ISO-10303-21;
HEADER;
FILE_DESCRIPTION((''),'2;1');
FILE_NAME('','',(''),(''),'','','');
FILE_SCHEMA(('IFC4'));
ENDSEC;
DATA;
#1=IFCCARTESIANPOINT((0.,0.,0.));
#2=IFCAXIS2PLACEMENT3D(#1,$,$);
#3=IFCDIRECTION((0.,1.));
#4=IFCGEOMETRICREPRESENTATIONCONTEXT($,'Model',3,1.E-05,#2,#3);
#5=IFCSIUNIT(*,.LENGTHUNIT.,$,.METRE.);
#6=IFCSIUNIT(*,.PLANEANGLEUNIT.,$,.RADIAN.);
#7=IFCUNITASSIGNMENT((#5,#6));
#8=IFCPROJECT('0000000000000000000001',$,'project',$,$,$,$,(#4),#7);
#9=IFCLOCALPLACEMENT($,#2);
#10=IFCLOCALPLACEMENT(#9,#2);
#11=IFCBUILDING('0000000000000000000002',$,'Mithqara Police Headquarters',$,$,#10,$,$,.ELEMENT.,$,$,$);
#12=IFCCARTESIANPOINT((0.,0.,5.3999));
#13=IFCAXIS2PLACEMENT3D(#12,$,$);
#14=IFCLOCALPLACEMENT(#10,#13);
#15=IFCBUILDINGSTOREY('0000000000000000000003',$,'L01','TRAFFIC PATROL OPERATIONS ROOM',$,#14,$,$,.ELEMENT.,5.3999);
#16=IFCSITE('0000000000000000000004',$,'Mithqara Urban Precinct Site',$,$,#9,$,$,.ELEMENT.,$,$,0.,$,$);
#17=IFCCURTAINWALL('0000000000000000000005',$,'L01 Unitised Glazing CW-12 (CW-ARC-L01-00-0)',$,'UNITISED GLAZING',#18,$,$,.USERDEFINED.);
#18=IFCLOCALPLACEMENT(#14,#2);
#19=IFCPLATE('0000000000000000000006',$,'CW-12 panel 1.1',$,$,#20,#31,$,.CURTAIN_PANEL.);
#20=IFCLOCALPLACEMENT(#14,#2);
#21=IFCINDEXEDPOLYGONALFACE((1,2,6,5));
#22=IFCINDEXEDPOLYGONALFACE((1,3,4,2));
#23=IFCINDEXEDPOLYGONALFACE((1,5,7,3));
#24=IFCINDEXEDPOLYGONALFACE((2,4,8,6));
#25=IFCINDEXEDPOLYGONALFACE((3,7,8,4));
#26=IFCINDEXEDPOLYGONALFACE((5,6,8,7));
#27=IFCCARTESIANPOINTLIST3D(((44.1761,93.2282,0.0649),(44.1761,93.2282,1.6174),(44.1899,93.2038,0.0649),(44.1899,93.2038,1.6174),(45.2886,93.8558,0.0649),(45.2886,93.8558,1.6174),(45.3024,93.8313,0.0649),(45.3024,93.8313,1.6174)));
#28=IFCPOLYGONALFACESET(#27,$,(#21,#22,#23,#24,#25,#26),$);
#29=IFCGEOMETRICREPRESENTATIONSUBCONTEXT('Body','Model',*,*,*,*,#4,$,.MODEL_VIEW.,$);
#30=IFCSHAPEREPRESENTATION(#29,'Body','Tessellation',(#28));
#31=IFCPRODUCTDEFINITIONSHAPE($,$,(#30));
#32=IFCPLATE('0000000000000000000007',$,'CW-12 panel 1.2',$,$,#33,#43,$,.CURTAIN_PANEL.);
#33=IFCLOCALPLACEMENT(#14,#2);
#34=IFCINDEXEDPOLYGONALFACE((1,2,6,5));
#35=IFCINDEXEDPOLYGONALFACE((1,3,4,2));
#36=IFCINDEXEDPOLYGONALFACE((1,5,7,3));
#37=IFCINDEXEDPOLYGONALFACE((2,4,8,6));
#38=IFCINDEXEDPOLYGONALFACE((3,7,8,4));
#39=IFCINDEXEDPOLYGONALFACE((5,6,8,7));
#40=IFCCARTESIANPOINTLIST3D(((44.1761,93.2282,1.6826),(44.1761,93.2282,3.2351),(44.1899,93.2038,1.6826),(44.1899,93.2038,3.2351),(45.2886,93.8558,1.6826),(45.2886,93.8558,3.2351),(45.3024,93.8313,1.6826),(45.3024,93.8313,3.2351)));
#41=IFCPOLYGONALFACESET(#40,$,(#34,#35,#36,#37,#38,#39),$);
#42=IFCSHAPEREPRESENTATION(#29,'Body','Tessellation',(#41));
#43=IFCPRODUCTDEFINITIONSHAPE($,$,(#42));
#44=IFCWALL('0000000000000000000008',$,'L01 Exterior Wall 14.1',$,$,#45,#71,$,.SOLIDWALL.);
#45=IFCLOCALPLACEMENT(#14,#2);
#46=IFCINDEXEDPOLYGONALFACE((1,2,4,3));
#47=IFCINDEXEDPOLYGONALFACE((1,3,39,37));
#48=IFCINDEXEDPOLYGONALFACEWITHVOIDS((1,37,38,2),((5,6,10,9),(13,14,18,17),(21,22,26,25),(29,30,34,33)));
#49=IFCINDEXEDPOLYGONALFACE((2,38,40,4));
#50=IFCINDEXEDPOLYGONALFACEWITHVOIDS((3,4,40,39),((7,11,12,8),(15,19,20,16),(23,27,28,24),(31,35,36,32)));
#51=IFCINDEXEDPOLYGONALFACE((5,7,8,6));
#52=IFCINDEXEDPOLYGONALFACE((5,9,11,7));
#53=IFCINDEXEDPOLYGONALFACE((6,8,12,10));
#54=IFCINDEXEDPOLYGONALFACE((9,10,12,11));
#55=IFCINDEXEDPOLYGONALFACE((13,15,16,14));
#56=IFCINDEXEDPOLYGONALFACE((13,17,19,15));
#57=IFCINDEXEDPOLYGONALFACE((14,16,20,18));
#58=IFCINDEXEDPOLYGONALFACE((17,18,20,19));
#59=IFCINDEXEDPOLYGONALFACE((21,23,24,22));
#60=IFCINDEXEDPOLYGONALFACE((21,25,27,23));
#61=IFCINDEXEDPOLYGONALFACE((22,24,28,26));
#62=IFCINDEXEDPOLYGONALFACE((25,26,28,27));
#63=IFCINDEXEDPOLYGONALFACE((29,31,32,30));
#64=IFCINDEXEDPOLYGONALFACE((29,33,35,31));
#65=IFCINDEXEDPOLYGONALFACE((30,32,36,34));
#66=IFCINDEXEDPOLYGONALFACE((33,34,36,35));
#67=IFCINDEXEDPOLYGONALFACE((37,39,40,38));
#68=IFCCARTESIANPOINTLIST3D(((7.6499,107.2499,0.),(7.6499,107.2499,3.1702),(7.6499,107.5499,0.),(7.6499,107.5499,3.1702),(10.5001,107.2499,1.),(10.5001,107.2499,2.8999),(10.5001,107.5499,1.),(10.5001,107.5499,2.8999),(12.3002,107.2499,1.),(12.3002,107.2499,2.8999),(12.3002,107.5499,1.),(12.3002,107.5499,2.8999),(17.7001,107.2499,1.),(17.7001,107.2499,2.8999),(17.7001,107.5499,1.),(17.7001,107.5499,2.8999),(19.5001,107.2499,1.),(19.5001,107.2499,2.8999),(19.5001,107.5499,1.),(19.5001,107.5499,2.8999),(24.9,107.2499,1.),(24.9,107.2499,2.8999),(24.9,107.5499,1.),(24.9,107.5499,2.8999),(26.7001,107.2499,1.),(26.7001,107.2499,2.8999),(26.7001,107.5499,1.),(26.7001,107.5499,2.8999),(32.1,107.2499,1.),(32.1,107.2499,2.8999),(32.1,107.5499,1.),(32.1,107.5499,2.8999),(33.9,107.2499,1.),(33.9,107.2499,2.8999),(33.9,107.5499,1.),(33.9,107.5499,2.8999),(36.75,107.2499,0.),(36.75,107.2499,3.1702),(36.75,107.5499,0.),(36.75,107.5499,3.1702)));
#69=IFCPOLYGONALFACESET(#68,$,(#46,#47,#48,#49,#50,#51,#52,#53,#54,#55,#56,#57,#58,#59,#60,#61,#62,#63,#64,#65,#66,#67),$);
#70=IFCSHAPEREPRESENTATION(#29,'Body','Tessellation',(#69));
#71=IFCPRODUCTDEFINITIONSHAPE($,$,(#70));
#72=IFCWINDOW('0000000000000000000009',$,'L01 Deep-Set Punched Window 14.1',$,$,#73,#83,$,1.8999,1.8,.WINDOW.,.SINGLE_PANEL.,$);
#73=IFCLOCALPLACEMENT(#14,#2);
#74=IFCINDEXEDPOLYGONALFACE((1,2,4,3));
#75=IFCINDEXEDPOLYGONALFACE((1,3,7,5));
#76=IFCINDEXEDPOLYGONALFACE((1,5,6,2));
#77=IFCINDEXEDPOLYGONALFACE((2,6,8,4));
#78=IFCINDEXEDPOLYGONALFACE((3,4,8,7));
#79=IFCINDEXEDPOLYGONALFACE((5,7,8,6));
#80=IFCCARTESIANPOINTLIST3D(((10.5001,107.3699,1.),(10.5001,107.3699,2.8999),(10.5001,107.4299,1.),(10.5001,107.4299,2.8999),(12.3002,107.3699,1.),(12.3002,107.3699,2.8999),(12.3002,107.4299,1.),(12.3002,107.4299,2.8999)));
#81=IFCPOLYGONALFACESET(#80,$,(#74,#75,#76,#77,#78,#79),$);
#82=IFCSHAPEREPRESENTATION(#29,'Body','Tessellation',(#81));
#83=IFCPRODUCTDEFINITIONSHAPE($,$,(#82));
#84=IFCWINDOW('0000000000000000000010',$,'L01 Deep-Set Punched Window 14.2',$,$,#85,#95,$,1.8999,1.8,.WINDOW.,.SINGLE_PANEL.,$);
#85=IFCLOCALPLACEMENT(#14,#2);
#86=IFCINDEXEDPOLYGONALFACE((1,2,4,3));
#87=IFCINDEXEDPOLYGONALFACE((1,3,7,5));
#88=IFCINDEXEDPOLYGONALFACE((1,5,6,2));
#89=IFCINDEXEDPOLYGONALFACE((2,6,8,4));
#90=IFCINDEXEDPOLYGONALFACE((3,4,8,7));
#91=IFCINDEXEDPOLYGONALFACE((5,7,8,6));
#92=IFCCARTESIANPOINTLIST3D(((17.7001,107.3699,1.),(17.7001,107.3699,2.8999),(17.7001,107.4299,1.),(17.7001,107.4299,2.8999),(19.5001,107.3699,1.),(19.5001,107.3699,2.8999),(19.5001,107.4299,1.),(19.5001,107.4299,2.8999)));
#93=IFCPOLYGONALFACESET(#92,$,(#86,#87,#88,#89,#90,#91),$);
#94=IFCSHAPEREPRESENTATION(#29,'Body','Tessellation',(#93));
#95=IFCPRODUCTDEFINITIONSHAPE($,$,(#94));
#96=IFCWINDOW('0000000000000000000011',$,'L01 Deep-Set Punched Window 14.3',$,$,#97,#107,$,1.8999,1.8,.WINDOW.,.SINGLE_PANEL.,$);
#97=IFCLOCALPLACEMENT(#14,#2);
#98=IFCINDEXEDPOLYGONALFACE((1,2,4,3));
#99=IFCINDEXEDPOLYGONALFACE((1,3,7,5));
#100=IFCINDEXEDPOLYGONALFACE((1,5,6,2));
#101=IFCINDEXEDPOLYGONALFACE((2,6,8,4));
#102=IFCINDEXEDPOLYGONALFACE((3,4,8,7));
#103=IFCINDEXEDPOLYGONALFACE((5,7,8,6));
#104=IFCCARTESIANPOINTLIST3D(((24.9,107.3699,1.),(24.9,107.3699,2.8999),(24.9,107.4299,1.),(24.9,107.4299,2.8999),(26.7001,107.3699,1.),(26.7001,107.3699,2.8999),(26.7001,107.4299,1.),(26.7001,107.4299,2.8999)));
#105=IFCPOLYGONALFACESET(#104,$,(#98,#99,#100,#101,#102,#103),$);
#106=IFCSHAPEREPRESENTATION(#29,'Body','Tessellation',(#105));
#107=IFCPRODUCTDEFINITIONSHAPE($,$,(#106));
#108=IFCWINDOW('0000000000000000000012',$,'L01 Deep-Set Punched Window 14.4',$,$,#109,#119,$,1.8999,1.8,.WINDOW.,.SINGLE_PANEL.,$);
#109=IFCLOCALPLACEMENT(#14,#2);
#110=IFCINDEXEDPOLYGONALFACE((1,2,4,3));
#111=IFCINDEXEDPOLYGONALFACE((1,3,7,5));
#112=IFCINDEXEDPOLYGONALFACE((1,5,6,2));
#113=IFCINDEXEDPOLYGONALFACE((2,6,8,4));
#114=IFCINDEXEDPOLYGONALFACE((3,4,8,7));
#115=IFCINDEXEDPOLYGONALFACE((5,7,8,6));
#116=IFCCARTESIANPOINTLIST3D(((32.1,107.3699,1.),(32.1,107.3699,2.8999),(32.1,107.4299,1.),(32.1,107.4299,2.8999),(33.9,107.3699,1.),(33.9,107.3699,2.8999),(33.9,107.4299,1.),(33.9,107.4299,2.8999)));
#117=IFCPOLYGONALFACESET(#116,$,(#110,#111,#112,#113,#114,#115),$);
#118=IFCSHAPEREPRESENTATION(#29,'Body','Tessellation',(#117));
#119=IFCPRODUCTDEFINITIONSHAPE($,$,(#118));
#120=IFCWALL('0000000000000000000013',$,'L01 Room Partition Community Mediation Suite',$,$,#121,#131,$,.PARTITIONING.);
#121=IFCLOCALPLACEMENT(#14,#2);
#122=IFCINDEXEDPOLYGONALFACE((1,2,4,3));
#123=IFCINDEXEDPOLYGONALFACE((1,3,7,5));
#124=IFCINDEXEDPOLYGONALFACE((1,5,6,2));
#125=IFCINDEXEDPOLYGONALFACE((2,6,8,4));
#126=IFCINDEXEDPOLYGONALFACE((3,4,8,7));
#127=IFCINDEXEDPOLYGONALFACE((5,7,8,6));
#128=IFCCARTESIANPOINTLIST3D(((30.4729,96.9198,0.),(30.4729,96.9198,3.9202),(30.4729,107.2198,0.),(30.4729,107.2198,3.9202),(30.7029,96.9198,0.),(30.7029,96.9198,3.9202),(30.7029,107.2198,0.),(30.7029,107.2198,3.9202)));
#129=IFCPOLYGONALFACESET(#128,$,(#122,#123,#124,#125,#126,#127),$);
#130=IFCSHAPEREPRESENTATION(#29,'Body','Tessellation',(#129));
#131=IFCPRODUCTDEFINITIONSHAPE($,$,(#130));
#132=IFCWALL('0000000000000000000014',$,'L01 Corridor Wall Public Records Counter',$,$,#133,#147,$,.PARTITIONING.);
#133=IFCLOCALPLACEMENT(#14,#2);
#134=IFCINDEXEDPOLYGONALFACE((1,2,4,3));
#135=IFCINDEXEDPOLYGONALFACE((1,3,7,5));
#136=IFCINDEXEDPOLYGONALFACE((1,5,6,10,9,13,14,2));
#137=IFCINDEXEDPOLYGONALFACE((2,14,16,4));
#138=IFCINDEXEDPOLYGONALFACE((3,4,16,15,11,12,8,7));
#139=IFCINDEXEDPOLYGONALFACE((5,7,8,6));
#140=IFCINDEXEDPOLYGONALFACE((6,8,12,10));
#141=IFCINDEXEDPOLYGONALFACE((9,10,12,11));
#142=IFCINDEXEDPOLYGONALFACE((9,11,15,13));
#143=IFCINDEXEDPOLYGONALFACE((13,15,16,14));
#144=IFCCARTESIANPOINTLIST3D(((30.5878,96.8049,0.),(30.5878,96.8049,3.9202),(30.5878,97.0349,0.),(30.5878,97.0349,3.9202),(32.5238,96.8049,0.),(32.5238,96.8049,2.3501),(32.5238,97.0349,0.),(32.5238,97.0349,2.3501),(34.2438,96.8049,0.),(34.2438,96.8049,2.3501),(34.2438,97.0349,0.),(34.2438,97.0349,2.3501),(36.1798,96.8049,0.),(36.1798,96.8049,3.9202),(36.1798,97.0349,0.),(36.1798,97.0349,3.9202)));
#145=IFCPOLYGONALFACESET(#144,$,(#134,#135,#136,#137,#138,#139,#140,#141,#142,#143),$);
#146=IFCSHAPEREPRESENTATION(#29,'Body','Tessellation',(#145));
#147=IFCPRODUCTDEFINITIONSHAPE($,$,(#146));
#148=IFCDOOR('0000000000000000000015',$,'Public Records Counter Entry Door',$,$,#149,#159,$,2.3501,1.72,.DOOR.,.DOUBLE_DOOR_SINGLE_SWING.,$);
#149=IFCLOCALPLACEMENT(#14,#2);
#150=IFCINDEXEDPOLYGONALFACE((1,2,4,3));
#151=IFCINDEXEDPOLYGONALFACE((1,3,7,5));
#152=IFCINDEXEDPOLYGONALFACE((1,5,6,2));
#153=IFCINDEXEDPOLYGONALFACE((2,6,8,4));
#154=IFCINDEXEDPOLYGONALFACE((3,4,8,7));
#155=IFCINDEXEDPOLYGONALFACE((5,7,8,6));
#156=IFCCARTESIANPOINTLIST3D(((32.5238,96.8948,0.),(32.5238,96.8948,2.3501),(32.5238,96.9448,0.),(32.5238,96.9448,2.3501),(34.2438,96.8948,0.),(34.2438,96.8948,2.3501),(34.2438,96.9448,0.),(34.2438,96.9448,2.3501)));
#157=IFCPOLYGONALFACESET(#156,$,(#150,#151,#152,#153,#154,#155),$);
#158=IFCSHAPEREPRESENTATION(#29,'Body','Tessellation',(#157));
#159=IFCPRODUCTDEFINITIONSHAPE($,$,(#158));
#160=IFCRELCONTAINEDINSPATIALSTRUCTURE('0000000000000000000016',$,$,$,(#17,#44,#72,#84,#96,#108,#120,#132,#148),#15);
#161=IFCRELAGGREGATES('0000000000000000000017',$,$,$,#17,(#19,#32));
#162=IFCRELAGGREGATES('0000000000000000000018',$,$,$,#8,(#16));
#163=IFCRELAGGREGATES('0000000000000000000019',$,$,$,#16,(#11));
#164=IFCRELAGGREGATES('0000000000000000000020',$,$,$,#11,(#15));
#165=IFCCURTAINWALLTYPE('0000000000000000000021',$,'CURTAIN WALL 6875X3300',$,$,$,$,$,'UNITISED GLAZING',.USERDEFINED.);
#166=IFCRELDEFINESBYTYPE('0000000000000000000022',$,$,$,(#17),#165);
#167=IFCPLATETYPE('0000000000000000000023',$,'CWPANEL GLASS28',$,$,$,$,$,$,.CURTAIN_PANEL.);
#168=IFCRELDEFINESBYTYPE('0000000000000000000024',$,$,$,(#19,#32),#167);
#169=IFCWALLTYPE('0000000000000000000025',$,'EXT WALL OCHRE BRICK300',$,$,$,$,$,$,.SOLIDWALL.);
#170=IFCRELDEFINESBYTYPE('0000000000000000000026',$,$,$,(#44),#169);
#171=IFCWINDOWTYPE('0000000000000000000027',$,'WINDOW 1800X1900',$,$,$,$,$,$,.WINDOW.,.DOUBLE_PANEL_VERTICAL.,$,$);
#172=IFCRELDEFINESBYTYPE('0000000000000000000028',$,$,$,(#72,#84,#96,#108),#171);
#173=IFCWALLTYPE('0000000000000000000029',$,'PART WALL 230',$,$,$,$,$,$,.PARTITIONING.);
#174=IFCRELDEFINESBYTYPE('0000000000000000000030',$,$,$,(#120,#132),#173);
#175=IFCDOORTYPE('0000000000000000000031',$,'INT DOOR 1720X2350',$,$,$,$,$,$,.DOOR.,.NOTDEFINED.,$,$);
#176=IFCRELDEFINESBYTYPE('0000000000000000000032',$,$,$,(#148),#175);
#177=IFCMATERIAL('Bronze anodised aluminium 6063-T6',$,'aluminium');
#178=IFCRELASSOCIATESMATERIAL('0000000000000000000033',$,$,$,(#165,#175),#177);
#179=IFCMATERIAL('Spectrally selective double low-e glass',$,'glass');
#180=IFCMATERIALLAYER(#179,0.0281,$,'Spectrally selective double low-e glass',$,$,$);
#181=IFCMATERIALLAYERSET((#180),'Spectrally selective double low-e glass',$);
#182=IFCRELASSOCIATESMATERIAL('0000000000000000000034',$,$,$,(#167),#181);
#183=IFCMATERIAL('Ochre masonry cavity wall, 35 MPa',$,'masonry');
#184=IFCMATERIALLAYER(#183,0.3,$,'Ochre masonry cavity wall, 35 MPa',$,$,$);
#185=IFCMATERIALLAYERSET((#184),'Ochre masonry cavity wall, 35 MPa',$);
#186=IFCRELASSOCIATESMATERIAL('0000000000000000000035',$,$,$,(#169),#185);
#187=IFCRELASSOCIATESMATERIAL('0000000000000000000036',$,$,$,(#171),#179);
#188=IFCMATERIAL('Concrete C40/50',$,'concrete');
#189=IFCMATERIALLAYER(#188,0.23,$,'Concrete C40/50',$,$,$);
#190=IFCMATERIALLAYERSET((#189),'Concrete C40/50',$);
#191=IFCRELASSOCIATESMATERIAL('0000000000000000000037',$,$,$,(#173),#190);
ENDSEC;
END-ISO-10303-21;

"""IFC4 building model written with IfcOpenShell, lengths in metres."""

from ifc_helpers import new_model, si_unit, direction, frame, frame_2d, origin, origin_2d, place, context, subcontext, project, spatial, rectangle, extrude, material, layer, layer_set, type_object, element, fill, aggregate, save


model = new_model("IFC4")

# Units and contexts
model_context = context("Model", 3, precision=1e-05, world=origin(), true_north=direction((0.0, 1.0)))
body_context = subcontext(model_context, "Body", "Model", "MODEL_VIEW")
ifc_project = project(units=[si_unit("LENGTHUNIT", "METRE"), si_unit("PLANEANGLEUNIT", "RADIAN")], contexts=[model_context])

# Site, building, storey
site_placement = place(None, origin())
site = spatial("IfcSite", under=ifc_project, at=site_placement, Name="Mithqara Urban Precinct Site", CompositionType="ELEMENT", RefElevation=0.0)
building_placement = place(site_placement, origin())
building = spatial("IfcBuilding", under=site, at=building_placement, Name="Mithqara Police Headquarters", CompositionType="ELEMENT")
storey_placement = place(building_placement, frame((0.0, 0.0, 5.3999)))
storey = spatial("IfcBuildingStorey", under=building, at=storey_placement, Name="L01", Description="TRAFFIC PATROL OPERATIONS ROOM", CompositionType="ELEMENT", Elevation=5.3999)

# Shared definitions
ifc_material_1 = material(Name="Concrete C40/50", Category="concrete")

# Curtain wall, plates
ifc_material_2 = material(Name="Bronze anodised aluminium 6063-T6", Category="aluminium")
curtain_wall_type = type_object("IfcCurtainWallType", Name="CURTAIN WALL 6875X3300", ElementType="UNITISED GLAZING", PredefinedType="USERDEFINED", material=ifc_material_2)
curtain_wall_placement = place(storey_placement, origin())
curtain_wall = element("IfcCurtainWall", 1, at=curtain_wall_placement, inside=storey, type_object=curtain_wall_type, Name="L01 Unitised Glazing CW-12 (CW-ARC-L01-00-0)", ObjectType="UNITISED GLAZING", PredefinedType="USERDEFINED")
ifc_material_3 = material(Name="Spectrally selective double low-e glass", Category="glass")
ifc_layer_1 = layer(ifc_material_3, 0.0281, Name="Spectrally selective double low-e glass")
ifc_layer_set_1 = layer_set([ifc_layer_1], Name="Spectrally selective double low-e glass")
plate_type = type_object("IfcPlateType", Name="CWPANEL GLASS28", PredefinedType="CURTAIN_PANEL", material=ifc_layer_set_1)
plate_1_placement = place(storey_placement, frame((44.7393, 93.5298, 0.0649), z_axis=(0.0, 0.0, 1.0), x_axis=(0.870986, 0.491308, 0.0)))
plate_1 = element("IfcPlate", 2, at=plate_1_placement, type_object=plate_type, Name="CW-12 panel 1.1", PredefinedType="CURTAIN_PANEL", context=body_context, shape_type="SweptSolid", body=[
    extrude(rectangle(XDim=1.2773, YDim=0.0281, at=origin_2d()), origin(), (0.0, 0.0, 1.0), 1.5525),
])
plate_2_placement = place(storey_placement, frame((44.7393, 93.5298, 1.6826), z_axis=(0.0, 0.0, 1.0), x_axis=(0.870986, 0.491308, 0.0)))
plate_2 = element("IfcPlate", 3, at=plate_2_placement, type_object=plate_type, Name="CW-12 panel 1.2", PredefinedType="CURTAIN_PANEL", context=body_context, shape_type="SweptSolid", body=[
    extrude(rectangle(XDim=1.2773, YDim=0.0281, at=origin_2d()), origin(), (0.0, 0.0, 1.0), 1.5525),
])
aggregate(curtain_wall, [plate_1, plate_2])

# Wall, openings, windows
ifc_material_4 = material(Name="Ochre masonry cavity wall, 35 MPa", Category="masonry")
ifc_layer_2 = layer(ifc_material_4, 0.3, Name="Ochre masonry cavity wall, 35 MPa")
ifc_layer_set_2 = layer_set([ifc_layer_2], Name="Ochre masonry cavity wall, 35 MPa")
wall_type_1 = type_object("IfcWallType", Name="EXT WALL OCHRE BRICK300", PredefinedType="SOLIDWALL", material=ifc_layer_set_2)
wall_1_placement = place(storey_placement, frame((36.75, 107.3999, 0.0), z_axis=(0.0, 0.0, 1.0), x_axis=(-1.0, 0.0, 0.0)))
wall_1 = element("IfcWall", 4, at=wall_1_placement, inside=storey, type_object=wall_type_1, Name="L01 Exterior Wall 14.1", PredefinedType="SOLIDWALL", context=body_context, shape_type="SweptSolid", body=[
    extrude(rectangle(XDim=29.1001, YDim=0.3, at=frame_2d((14.55, 0.0))), origin(), (0.0, 0.0, 1.0), 3.1702),
])
opening_1_placement = place(wall_1_placement, frame((24.45, 0.0, 1.0)))
opening_1 = element("IfcOpeningElement", 5, at=opening_1_placement, cuts=wall_1, PredefinedType="OPENING", context=body_context, shape_type="SweptSolid", body=[
    extrude(rectangle(XDim=1.8, YDim=1.8999, at=frame_2d((0.8999, 0.95))), frame((0.0, 0.1602, 0.0), z_axis=(0.0, -1.0, 0.0), x_axis=(1.0, 0.0, 0.0)), (0.0, 0.0, 1.0), 0.3201),
])
opening_2_placement = place(wall_1_placement, frame((17.25, 0.0, 1.0)))
opening_2 = element("IfcOpeningElement", 6, at=opening_2_placement, cuts=wall_1, PredefinedType="OPENING", context=body_context, shape_type="SweptSolid", body=[
    extrude(rectangle(XDim=1.8, YDim=1.8999, at=frame_2d((0.8999, 0.95))), frame((0.0, 0.1602, 0.0), z_axis=(0.0, -1.0, 0.0), x_axis=(1.0, 0.0, 0.0)), (0.0, 0.0, 1.0), 0.3201),
])
opening_3_placement = place(wall_1_placement, frame((10.05, 0.0, 1.0)))
opening_3 = element("IfcOpeningElement", 7, at=opening_3_placement, cuts=wall_1, PredefinedType="OPENING", context=body_context, shape_type="SweptSolid", body=[
    extrude(rectangle(XDim=1.8, YDim=1.8999, at=frame_2d((0.8999, 0.95))), frame((0.0, 0.1602, 0.0), z_axis=(0.0, -1.0, 0.0), x_axis=(1.0, 0.0, 0.0)), (0.0, 0.0, 1.0), 0.3201),
])
opening_4_placement = place(wall_1_placement, frame((2.8501, 0.0, 1.0)))
opening_4 = element("IfcOpeningElement", 8, at=opening_4_placement, cuts=wall_1, PredefinedType="OPENING", context=body_context, shape_type="SweptSolid", body=[
    extrude(rectangle(XDim=1.8, YDim=1.8999, at=frame_2d((0.8999, 0.95))), frame((0.0, 0.1602, 0.0), z_axis=(0.0, -1.0, 0.0), x_axis=(1.0, 0.0, 0.0)), (0.0, 0.0, 1.0), 0.3201),
])
window_type = type_object("IfcWindowType", Name="WINDOW 1800X1900", PartitioningType="DOUBLE_PANEL_VERTICAL", PredefinedType="WINDOW", material=ifc_material_3)
window_1_placement = place(opening_1_placement, origin())
window_1 = element("IfcWindow", 9, at=window_1_placement, inside=storey, type_object=window_type, Name="L01 Deep-Set Punched Window 14.1", OverallHeight=1.8999, OverallWidth=1.8, PartitioningType="SINGLE_PANEL", PredefinedType="WINDOW", context=body_context, shape_type="SweptSolid", body=[
    extrude(rectangle(XDim=1.8, YDim=1.8999, at=frame_2d((0.8999, 0.95))), frame((0.0, 0.03, 0.0), z_axis=(0.0, -1.0, 0.0), x_axis=(1.0, 0.0, 0.0)), (0.0, 0.0, 1.0), 0.0601),
])
fill(opening_1, window_1)
window_2_placement = place(opening_2_placement, origin())
window_2 = element("IfcWindow", 10, at=window_2_placement, inside=storey, type_object=window_type, Name="L01 Deep-Set Punched Window 14.2", OverallHeight=1.8999, OverallWidth=1.8, PartitioningType="SINGLE_PANEL", PredefinedType="WINDOW", context=body_context, shape_type="SweptSolid", body=[
    extrude(rectangle(XDim=1.8, YDim=1.8999, at=frame_2d((0.8999, 0.95))), frame((0.0, 0.03, 0.0), z_axis=(0.0, -1.0, 0.0), x_axis=(1.0, 0.0, 0.0)), (0.0, 0.0, 1.0), 0.0601),
])
fill(opening_2, window_2)
window_3_placement = place(opening_3_placement, origin())
window_3 = element("IfcWindow", 11, at=window_3_placement, inside=storey, type_object=window_type, Name="L01 Deep-Set Punched Window 14.3", OverallHeight=1.8999, OverallWidth=1.8, PartitioningType="SINGLE_PANEL", PredefinedType="WINDOW", context=body_context, shape_type="SweptSolid", body=[
    extrude(rectangle(XDim=1.8, YDim=1.8999, at=frame_2d((0.8999, 0.95))), frame((0.0, 0.03, 0.0), z_axis=(0.0, -1.0, 0.0), x_axis=(1.0, 0.0, 0.0)), (0.0, 0.0, 1.0), 0.0601),
])
fill(opening_3, window_3)
window_4_placement = place(opening_4_placement, origin())
window_4 = element("IfcWindow", 12, at=window_4_placement, inside=storey, type_object=window_type, Name="L01 Deep-Set Punched Window 14.4", OverallHeight=1.8999, OverallWidth=1.8, PartitioningType="SINGLE_PANEL", PredefinedType="WINDOW", context=body_context, shape_type="SweptSolid", body=[
    extrude(rectangle(XDim=1.8, YDim=1.8999, at=frame_2d((0.8999, 0.95))), frame((0.0, 0.03, 0.0), z_axis=(0.0, -1.0, 0.0), x_axis=(1.0, 0.0, 0.0)), (0.0, 0.0, 1.0), 0.0601),
])
fill(opening_4, window_4)

# Wall
ifc_layer_3 = layer(ifc_material_1, 0.23, Name="Concrete C40/50")
ifc_layer_set_3 = layer_set([ifc_layer_3], Name="Concrete C40/50")
wall_type_2 = type_object("IfcWallType", Name="PART WALL 230", PredefinedType="PARTITIONING", material=ifc_layer_set_3)
wall_2_placement = place(storey_placement, frame((30.5879, 96.9199, 0.0), z_axis=(0.0, 0.0, 1.0), x_axis=(0.0, 1.0, 0.0)))
element("IfcWall", 13, at=wall_2_placement, inside=storey, type_object=wall_type_2, Name="L01 Room Partition Community Mediation Suite", PredefinedType="PARTITIONING", context=body_context, shape_type="SweptSolid", body=[
    extrude(rectangle(XDim=10.3, YDim=0.23, at=frame_2d((5.1499, 0.0))), origin(), (0.0, 0.0, 1.0), 3.9202),
])

# Wall, opening, door
wall_3_placement = place(storey_placement, frame((30.5879, 96.9199, 0.0), z_axis=(0.0, 0.0, 1.0), x_axis=(1.0, 0.0, 0.0)))
wall_3 = element("IfcWall", 14, at=wall_3_placement, inside=storey, type_object=wall_type_2, Name="L01 Corridor Wall Public Records Counter", PredefinedType="PARTITIONING", context=body_context, shape_type="SweptSolid", body=[
    extrude(rectangle(XDim=5.592, YDim=0.23, at=frame_2d((2.7959, 0.0))), origin(), (0.0, 0.0, 1.0), 3.9202),
])
opening_5_placement = place(wall_3_placement, frame((1.936, 0.0, 0.0)))
opening_5 = element("IfcOpeningElement", 15, at=opening_5_placement, cuts=wall_3, PredefinedType="OPENING", context=body_context, shape_type="SweptSolid", body=[
    extrude(rectangle(XDim=1.72, YDim=2.3501, at=frame_2d((0.8599, 1.175))), frame((0.0, 0.125, 0.0), z_axis=(0.0, -1.0, 0.0), x_axis=(1.0, 0.0, 0.0)), (0.0, 0.0, 1.0), 0.25),
])
door_type = type_object("IfcDoorType", Name="INT DOOR 1720X2350", OperationType="NOTDEFINED", PredefinedType="DOOR", material=ifc_material_2)
door_placement = place(opening_5_placement, origin())
door = element("IfcDoor", 16, at=door_placement, inside=storey, type_object=door_type, Name="Public Records Counter Entry Door", OperationType="DOUBLE_DOOR_SINGLE_SWING", OverallHeight=2.3501, OverallWidth=1.72, PredefinedType="DOOR", context=body_context, shape_type="SweptSolid", body=[
    extrude(rectangle(XDim=1.72, YDim=2.3501, at=frame_2d((0.8599, 1.175))), frame((0.0, 0.0249, 0.0), z_axis=(0.0, -1.0, 0.0), x_axis=(1.0, 0.0, 0.0)), (0.0, 0.0, 1.0), 0.05),
])
fill(opening_5, door)

save(model, "model.ifc")
